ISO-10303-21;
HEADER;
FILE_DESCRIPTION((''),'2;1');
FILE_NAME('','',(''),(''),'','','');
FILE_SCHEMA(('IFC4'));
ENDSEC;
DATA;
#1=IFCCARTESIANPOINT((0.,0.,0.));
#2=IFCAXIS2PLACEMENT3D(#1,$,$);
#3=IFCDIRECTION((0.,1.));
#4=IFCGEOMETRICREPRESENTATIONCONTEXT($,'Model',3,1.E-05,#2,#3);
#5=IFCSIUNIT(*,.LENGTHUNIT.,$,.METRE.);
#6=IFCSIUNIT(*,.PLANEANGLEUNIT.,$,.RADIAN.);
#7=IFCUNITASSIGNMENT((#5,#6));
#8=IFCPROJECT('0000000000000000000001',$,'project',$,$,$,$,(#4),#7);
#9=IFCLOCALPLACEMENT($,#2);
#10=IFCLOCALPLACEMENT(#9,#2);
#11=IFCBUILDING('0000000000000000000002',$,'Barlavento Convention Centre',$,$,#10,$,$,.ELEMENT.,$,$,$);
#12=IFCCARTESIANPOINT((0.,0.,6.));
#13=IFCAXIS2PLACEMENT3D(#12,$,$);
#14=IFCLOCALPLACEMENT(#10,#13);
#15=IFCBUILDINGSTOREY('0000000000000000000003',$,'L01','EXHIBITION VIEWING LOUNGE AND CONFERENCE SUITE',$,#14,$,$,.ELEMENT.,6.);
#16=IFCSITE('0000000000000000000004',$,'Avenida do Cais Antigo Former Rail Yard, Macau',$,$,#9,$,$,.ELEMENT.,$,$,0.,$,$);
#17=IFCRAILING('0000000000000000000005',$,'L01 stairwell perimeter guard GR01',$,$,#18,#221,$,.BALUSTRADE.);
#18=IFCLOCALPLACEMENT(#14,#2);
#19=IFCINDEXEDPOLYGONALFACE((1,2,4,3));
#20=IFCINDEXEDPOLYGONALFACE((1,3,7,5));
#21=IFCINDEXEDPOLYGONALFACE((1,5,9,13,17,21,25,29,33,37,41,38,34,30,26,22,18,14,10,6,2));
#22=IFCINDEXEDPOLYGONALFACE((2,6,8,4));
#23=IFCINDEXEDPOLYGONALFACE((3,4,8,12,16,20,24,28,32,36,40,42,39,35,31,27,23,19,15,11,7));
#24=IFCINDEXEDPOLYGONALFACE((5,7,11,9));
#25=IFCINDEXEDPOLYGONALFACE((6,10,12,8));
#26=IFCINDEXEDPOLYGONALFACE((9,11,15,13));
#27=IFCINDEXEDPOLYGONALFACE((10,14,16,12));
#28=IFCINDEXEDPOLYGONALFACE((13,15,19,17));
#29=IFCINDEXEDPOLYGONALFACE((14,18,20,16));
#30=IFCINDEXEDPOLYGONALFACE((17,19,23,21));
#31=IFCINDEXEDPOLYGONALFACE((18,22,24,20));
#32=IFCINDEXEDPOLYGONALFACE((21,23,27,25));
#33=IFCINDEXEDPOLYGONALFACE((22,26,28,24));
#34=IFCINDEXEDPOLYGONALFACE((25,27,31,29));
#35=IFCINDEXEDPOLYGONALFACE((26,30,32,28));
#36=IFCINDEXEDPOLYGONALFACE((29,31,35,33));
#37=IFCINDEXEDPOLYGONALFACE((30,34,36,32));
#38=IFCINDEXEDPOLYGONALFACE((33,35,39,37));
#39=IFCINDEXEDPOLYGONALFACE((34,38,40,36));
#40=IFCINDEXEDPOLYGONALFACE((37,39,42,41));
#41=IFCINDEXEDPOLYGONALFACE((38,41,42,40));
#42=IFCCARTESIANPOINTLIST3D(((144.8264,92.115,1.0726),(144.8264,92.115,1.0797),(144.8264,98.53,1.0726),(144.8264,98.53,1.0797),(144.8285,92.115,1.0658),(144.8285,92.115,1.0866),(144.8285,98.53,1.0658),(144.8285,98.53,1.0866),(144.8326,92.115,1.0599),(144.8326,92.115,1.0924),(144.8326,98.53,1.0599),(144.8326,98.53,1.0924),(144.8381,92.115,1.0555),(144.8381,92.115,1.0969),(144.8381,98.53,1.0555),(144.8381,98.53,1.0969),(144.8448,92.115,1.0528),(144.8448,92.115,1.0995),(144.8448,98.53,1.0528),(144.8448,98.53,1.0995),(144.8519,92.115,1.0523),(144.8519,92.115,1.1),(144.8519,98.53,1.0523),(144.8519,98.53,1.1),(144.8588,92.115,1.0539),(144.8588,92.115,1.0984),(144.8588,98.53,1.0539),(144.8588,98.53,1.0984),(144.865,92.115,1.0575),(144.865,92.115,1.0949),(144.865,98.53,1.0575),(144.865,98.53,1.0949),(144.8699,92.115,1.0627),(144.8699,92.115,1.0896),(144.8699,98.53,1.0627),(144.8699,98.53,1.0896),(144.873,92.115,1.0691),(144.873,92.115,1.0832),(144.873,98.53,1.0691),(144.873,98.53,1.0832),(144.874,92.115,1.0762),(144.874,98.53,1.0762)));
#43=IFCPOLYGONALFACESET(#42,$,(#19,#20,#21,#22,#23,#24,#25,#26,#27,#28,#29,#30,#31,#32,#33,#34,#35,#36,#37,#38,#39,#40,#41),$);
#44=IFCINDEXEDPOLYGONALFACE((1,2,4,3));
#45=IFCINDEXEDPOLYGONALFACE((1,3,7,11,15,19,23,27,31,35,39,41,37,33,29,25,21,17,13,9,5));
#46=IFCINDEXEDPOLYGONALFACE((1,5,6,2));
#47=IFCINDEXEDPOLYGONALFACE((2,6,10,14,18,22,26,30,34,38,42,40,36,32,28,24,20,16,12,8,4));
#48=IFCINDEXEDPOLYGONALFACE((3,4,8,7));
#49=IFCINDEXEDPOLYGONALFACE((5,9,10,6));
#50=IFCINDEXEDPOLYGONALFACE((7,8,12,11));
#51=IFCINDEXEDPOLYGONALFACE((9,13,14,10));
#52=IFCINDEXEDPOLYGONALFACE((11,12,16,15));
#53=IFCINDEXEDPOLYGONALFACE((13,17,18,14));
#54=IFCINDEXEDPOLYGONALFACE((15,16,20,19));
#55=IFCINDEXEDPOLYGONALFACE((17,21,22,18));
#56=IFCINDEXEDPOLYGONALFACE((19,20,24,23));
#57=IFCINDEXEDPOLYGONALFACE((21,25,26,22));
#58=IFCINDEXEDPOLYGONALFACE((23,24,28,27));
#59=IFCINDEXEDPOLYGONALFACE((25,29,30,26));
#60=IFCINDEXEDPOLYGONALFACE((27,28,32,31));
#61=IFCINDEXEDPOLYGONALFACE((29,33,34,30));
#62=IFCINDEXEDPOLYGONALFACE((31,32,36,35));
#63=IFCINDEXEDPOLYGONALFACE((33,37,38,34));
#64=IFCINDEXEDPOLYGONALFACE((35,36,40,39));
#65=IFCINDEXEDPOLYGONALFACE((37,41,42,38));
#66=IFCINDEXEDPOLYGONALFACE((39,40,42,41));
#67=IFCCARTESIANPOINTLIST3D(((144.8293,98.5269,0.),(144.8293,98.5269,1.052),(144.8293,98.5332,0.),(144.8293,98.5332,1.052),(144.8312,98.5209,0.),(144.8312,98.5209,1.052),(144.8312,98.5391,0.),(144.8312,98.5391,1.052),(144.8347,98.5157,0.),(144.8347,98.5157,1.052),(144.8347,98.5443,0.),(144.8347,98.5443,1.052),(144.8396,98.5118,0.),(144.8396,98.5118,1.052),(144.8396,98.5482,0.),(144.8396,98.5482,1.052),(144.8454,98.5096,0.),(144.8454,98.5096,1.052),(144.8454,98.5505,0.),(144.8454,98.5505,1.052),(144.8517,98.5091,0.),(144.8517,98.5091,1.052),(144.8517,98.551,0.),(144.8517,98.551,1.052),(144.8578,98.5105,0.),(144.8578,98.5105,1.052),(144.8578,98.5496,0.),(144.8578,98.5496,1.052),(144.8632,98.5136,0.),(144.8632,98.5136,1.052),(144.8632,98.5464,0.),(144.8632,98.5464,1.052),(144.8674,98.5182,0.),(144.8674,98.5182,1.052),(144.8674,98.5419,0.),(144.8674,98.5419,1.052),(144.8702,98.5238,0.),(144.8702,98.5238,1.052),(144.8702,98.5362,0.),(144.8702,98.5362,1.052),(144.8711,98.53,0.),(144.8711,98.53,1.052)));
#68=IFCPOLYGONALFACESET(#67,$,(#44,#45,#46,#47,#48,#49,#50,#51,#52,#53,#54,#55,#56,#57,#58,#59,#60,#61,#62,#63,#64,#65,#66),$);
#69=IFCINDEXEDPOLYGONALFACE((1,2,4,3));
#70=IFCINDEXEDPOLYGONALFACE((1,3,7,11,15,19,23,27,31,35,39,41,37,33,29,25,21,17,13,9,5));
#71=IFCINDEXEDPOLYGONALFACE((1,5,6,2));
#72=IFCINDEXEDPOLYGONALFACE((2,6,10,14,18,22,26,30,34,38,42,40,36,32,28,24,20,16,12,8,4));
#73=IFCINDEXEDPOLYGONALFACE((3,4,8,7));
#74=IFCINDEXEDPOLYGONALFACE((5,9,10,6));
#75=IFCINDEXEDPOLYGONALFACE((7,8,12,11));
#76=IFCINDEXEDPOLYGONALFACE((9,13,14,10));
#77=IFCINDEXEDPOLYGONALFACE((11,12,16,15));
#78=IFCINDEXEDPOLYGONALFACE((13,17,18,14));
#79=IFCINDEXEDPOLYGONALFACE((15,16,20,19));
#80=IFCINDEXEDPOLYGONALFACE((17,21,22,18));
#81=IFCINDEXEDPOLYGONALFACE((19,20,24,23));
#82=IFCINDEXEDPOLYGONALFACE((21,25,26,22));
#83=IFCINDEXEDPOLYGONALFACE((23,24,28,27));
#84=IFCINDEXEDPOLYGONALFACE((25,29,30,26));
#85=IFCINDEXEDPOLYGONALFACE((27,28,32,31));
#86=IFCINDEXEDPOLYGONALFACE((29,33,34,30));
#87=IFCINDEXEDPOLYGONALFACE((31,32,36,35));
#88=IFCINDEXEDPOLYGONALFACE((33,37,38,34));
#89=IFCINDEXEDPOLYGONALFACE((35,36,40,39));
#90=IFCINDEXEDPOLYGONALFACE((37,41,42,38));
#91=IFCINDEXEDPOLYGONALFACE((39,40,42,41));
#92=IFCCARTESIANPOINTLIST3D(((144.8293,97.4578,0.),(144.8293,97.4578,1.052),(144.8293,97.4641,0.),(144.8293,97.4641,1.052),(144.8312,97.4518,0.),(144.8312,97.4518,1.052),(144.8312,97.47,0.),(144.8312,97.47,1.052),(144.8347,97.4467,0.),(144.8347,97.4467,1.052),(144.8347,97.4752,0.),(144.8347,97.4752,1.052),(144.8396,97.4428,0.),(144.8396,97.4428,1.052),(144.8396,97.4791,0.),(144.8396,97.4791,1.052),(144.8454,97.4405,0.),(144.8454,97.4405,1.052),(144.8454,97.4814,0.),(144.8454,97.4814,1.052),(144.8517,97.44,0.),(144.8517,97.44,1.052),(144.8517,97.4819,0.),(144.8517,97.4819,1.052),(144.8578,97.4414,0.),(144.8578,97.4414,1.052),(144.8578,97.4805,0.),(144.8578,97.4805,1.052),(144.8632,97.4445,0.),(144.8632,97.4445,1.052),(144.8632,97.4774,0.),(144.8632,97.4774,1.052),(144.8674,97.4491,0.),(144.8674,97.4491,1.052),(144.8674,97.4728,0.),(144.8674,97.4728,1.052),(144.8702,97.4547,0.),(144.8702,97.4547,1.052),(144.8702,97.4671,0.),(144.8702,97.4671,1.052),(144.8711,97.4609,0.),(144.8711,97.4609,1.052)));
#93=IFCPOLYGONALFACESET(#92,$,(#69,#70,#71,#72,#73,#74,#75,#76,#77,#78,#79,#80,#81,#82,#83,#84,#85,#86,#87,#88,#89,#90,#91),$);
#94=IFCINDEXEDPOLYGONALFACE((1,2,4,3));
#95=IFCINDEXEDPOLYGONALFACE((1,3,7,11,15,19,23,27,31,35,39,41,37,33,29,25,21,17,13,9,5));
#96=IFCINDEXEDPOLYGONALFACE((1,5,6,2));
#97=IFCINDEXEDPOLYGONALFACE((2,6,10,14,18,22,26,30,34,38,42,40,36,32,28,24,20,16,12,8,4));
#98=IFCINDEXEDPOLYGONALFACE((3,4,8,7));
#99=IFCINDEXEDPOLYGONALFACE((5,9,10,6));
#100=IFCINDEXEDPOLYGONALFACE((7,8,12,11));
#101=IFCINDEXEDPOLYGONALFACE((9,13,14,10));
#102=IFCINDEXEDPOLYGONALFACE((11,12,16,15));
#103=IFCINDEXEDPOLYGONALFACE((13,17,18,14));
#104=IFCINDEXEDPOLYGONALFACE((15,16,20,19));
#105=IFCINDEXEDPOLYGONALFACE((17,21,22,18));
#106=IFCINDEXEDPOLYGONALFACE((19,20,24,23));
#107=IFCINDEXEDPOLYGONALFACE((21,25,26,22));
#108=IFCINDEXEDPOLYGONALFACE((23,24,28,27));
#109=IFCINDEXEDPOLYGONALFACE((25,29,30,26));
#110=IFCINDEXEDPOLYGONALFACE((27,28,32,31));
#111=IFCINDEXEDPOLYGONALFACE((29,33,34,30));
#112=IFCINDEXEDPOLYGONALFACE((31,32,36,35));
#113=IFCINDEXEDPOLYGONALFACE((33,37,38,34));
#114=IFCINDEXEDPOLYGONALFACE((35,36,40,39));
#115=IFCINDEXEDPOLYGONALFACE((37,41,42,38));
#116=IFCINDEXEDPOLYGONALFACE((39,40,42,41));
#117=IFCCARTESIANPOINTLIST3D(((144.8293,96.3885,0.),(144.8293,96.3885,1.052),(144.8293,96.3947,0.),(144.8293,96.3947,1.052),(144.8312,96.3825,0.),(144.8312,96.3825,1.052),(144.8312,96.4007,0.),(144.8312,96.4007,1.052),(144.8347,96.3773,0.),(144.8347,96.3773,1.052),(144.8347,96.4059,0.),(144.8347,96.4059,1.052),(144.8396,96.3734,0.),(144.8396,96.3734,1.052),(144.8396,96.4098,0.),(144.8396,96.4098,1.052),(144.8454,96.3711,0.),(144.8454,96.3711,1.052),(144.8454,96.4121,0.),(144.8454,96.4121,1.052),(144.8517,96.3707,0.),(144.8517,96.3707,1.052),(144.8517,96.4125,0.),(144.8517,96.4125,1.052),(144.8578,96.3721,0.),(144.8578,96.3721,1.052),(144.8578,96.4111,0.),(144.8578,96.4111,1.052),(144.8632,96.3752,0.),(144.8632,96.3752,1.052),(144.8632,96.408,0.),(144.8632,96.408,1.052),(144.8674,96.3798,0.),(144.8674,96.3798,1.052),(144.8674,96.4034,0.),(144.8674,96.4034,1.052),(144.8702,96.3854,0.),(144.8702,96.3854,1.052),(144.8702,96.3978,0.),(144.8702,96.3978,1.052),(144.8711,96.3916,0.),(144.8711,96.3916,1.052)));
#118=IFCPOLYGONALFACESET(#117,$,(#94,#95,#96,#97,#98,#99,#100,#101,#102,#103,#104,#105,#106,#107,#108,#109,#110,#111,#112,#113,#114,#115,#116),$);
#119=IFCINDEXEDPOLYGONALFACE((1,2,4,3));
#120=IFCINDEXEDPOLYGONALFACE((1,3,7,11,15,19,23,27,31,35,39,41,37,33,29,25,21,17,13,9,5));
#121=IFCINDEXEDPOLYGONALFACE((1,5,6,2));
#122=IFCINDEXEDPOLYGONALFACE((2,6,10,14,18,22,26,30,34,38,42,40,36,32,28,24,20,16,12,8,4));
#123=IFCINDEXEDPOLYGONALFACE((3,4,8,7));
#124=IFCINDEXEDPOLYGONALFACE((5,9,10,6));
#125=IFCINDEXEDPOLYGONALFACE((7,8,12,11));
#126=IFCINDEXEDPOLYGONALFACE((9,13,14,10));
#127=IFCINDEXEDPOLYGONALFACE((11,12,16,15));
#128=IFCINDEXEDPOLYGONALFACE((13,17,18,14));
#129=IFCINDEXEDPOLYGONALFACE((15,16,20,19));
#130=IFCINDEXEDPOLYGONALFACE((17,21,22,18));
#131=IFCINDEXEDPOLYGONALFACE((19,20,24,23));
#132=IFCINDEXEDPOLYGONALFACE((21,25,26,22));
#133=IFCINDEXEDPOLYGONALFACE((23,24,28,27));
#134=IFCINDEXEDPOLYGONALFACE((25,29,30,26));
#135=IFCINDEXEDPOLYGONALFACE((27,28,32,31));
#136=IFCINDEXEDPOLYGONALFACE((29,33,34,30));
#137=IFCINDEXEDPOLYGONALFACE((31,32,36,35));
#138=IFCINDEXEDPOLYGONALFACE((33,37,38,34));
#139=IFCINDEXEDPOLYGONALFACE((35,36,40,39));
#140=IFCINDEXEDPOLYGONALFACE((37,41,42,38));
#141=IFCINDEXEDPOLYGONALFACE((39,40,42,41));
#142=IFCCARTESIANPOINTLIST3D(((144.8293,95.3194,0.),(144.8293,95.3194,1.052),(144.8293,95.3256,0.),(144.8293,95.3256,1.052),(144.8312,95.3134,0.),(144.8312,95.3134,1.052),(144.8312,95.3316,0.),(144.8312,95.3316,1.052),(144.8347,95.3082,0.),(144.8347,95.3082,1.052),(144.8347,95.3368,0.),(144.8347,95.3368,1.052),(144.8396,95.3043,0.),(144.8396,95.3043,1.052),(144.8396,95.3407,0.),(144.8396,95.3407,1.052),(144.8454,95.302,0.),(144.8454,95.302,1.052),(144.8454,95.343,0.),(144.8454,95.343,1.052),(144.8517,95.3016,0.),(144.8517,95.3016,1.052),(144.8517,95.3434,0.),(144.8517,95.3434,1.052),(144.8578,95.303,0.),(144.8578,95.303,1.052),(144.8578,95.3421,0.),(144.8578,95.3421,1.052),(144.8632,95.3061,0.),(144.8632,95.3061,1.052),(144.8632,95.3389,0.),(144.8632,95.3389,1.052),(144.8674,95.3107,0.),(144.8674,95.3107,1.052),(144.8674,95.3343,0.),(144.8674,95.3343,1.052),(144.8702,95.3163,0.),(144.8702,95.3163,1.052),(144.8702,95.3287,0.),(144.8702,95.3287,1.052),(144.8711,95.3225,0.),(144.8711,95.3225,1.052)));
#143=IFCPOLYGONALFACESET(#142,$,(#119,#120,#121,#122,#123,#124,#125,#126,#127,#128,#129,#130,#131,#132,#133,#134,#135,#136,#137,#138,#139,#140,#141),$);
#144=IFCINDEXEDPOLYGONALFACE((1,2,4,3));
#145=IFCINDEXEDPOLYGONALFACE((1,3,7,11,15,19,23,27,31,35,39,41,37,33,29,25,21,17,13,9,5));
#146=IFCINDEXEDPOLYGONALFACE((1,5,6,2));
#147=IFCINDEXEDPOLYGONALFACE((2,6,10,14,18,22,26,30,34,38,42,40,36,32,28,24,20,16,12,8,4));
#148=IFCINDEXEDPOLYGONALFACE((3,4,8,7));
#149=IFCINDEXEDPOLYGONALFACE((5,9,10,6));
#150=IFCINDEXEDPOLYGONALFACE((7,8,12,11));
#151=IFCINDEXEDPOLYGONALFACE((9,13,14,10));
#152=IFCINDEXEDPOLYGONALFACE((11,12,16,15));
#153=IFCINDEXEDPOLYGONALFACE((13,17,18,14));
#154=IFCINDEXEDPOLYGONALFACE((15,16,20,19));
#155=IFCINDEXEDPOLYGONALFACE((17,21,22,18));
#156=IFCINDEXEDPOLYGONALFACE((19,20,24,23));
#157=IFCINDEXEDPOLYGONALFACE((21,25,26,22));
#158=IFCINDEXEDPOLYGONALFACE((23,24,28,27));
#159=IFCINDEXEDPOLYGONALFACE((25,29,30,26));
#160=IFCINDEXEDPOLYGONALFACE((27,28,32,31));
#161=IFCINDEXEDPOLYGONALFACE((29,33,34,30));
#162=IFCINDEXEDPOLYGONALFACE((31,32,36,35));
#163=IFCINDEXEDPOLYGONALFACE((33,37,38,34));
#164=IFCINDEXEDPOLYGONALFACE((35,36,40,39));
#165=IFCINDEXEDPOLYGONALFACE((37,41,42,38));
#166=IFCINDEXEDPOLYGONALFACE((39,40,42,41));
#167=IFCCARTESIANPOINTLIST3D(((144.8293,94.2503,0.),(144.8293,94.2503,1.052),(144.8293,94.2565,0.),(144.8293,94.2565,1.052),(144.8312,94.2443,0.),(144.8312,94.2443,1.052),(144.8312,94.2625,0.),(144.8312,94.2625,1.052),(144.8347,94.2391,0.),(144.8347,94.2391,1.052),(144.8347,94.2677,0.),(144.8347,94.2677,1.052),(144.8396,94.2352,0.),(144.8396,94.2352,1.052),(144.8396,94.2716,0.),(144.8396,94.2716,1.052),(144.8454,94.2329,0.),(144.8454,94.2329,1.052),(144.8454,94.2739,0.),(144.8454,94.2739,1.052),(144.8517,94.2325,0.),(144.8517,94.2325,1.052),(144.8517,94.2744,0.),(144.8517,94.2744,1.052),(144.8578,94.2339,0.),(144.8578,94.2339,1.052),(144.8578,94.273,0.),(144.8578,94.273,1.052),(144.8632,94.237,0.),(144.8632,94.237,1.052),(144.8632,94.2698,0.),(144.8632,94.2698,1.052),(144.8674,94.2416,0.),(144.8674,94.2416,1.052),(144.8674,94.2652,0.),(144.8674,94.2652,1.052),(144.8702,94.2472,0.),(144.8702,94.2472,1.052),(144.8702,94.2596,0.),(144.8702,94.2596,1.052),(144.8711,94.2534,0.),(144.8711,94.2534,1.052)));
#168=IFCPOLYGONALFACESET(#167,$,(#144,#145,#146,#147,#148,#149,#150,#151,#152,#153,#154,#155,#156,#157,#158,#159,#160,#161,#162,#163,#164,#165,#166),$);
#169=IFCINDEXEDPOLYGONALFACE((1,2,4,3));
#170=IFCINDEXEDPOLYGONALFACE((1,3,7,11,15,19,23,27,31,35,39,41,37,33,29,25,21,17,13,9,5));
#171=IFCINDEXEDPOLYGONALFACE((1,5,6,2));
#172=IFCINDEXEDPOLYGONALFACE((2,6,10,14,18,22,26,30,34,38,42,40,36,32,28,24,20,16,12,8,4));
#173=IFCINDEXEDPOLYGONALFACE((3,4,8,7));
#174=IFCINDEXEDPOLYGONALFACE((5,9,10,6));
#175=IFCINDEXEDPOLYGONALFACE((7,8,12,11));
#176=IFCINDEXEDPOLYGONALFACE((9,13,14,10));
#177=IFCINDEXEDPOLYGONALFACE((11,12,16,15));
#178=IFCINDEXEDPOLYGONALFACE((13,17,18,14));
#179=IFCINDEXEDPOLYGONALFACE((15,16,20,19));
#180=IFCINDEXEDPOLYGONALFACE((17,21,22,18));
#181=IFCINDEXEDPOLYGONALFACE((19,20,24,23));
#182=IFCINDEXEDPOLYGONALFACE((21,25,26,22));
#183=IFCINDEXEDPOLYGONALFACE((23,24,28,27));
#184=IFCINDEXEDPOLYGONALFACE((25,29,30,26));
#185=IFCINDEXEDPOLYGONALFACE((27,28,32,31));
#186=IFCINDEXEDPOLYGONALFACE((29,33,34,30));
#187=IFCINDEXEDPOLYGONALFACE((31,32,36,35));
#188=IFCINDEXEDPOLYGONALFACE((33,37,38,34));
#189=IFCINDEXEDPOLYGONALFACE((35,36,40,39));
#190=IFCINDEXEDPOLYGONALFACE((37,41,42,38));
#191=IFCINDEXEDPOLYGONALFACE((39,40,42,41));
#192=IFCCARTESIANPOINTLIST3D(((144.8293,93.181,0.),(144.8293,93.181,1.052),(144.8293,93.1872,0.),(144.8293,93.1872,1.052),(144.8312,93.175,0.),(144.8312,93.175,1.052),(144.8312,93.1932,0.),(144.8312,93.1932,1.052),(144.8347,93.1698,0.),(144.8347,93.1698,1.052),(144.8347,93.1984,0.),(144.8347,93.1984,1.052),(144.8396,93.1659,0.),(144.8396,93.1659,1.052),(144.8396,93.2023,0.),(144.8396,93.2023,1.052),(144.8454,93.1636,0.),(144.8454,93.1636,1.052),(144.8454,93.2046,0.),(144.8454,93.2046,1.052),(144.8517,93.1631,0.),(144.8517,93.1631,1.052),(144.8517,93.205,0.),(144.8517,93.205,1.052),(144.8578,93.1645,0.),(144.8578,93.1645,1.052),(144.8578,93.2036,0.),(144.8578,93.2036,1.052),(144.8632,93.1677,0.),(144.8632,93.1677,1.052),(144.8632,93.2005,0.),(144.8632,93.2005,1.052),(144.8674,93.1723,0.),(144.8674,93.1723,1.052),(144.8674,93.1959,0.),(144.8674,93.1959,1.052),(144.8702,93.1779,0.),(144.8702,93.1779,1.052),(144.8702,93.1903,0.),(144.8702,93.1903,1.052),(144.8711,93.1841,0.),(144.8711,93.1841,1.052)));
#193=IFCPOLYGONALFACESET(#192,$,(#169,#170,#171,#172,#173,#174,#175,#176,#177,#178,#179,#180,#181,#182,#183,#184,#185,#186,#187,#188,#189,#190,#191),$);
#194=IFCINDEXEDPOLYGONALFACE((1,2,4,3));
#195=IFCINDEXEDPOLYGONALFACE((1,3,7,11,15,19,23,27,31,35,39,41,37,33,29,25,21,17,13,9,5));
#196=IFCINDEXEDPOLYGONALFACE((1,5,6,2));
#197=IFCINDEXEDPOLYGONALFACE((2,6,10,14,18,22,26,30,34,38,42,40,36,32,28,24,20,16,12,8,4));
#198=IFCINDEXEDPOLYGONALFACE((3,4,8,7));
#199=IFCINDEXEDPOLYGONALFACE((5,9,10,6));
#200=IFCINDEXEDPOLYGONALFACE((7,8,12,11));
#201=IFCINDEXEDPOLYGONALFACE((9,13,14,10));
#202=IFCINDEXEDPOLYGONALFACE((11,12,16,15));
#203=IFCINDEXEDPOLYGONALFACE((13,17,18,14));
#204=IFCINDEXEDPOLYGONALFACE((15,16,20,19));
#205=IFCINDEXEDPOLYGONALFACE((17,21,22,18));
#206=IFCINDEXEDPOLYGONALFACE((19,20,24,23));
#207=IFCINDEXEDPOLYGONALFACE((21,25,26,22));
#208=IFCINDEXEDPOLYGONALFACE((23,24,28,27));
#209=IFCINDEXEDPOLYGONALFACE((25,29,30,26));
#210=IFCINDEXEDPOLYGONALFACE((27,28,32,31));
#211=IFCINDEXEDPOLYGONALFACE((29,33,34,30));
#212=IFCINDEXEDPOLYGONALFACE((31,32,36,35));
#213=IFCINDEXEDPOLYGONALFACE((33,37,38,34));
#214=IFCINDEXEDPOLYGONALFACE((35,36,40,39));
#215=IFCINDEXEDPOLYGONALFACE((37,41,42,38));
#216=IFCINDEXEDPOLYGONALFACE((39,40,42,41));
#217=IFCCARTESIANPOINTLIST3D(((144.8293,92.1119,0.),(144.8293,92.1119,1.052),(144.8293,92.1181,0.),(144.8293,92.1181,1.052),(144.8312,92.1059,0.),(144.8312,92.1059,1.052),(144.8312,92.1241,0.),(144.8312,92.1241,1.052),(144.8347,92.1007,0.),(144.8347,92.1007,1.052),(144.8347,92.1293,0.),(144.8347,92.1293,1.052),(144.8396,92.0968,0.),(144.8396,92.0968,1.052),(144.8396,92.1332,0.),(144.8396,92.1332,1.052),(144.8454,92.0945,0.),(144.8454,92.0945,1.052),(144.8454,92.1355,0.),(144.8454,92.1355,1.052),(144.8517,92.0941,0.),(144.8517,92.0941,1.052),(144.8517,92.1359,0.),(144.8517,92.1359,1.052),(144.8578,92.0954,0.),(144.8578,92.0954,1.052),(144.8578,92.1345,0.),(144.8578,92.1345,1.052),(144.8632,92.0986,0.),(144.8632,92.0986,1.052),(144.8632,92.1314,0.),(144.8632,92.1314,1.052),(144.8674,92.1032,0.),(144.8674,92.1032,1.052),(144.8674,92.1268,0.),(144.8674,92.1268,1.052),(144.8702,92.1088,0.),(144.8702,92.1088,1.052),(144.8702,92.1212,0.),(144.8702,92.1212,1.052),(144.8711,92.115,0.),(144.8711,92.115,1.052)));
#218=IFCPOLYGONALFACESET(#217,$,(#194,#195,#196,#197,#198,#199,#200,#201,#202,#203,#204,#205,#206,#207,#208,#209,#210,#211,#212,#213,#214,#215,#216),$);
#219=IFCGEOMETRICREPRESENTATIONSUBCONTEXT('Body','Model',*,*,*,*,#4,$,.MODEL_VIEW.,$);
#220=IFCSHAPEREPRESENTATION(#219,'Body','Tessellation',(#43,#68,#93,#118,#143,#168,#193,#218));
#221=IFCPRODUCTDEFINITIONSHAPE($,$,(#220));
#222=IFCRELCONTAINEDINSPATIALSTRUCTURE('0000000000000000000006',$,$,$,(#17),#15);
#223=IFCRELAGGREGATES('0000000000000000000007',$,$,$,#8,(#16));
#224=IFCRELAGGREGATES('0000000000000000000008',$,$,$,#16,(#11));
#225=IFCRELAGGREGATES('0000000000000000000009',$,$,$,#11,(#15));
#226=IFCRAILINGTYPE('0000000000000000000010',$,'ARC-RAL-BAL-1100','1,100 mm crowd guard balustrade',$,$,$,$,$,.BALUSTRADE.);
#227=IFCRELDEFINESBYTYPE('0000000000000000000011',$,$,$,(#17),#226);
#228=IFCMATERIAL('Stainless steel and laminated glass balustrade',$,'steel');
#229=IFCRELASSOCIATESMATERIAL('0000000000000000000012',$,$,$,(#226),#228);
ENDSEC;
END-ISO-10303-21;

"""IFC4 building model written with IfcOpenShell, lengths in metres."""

from ifc_helpers import new_model, si_unit, direction, frame, origin, origin_2d, place, context, subcontext, project, spatial, circle, extrude, material, type_object, element, save


model = new_model("IFC4")

# Units and contexts
model_context = context("Model", 3, precision=1e-05, world=origin(), true_north=direction((0.0, 1.0)))
body_context = subcontext(model_context, "Body", "Model", "MODEL_VIEW")
ifc_project = project(units=[si_unit("LENGTHUNIT", "METRE"), si_unit("PLANEANGLEUNIT", "RADIAN")], contexts=[model_context])

# Site, building, storey
site_placement = place(None, origin())
site = spatial("IfcSite", under=ifc_project, at=site_placement, Name="Avenida do Cais Antigo Former Rail Yard, Macau", CompositionType="ELEMENT", RefElevation=0.0)
building_placement = place(site_placement, origin())
building = spatial("IfcBuilding", under=site, at=building_placement, Name="Barlavento Convention Centre", CompositionType="ELEMENT")
storey_placement = place(building_placement, frame((0.0, 0.0, 6.0)))
storey = spatial("IfcBuildingStorey", under=building, at=storey_placement, Name="L01", Description="EXHIBITION VIEWING LOUNGE AND CONFERENCE SUITE", CompositionType="ELEMENT", Elevation=6.0)

# Railing
ifc_material_1 = material(Name="Stainless steel and laminated glass balustrade", Category="steel")
railing_type = type_object("IfcRailingType", Name="ARC-RAL-BAL-1100", Description="1,100 mm crowd guard balustrade", PredefinedType="BALUSTRADE", material=ifc_material_1)
railing_placement = place(storey_placement, frame((144.8501, 98.53, 0.0)))
element("IfcRailing", 1, at=railing_placement, inside=storey, type_object=railing_type, Name="L01 stairwell perimeter guard GR01", PredefinedType="BALUSTRADE", context=body_context, shape_type="SweptSolid", body=[
    extrude(circle(Radius=0.0239, at=origin_2d()), frame((0.0, 0.0, 1.0762), z_axis=(0.0, -1.0, 0.0), x_axis=(1.0, 0.0, 0.0)), (0.0, 0.0, 1.0), 6.415),
    extrude(circle(Radius=0.021, at=origin_2d()), origin(), (0.0, 0.0, 1.0), 1.052),
    extrude(circle(Radius=0.021, at=origin_2d()), frame((0.0, -1.0691, 0.0)), (0.0, 0.0, 1.0), 1.052),
    extrude(circle(Radius=0.021, at=origin_2d()), frame((0.0, -2.1384, 0.0)), (0.0, 0.0, 1.0), 1.052),
    extrude(circle(Radius=0.021, at=origin_2d()), frame((0.0, -3.2075, 0.0)), (0.0, 0.0, 1.0), 1.052),
    extrude(circle(Radius=0.021, at=origin_2d()), frame((0.0, -4.2766, 0.0)), (0.0, 0.0, 1.0), 1.052),
    extrude(circle(Radius=0.021, at=origin_2d()), frame((0.0, -5.3459, 0.0)), (0.0, 0.0, 1.0), 1.052),
    extrude(circle(Radius=0.021, at=origin_2d()), frame((0.0, -6.415, 0.0)), (0.0, 0.0, 1.0), 1.052),
])

save(model, "model.ifc")
